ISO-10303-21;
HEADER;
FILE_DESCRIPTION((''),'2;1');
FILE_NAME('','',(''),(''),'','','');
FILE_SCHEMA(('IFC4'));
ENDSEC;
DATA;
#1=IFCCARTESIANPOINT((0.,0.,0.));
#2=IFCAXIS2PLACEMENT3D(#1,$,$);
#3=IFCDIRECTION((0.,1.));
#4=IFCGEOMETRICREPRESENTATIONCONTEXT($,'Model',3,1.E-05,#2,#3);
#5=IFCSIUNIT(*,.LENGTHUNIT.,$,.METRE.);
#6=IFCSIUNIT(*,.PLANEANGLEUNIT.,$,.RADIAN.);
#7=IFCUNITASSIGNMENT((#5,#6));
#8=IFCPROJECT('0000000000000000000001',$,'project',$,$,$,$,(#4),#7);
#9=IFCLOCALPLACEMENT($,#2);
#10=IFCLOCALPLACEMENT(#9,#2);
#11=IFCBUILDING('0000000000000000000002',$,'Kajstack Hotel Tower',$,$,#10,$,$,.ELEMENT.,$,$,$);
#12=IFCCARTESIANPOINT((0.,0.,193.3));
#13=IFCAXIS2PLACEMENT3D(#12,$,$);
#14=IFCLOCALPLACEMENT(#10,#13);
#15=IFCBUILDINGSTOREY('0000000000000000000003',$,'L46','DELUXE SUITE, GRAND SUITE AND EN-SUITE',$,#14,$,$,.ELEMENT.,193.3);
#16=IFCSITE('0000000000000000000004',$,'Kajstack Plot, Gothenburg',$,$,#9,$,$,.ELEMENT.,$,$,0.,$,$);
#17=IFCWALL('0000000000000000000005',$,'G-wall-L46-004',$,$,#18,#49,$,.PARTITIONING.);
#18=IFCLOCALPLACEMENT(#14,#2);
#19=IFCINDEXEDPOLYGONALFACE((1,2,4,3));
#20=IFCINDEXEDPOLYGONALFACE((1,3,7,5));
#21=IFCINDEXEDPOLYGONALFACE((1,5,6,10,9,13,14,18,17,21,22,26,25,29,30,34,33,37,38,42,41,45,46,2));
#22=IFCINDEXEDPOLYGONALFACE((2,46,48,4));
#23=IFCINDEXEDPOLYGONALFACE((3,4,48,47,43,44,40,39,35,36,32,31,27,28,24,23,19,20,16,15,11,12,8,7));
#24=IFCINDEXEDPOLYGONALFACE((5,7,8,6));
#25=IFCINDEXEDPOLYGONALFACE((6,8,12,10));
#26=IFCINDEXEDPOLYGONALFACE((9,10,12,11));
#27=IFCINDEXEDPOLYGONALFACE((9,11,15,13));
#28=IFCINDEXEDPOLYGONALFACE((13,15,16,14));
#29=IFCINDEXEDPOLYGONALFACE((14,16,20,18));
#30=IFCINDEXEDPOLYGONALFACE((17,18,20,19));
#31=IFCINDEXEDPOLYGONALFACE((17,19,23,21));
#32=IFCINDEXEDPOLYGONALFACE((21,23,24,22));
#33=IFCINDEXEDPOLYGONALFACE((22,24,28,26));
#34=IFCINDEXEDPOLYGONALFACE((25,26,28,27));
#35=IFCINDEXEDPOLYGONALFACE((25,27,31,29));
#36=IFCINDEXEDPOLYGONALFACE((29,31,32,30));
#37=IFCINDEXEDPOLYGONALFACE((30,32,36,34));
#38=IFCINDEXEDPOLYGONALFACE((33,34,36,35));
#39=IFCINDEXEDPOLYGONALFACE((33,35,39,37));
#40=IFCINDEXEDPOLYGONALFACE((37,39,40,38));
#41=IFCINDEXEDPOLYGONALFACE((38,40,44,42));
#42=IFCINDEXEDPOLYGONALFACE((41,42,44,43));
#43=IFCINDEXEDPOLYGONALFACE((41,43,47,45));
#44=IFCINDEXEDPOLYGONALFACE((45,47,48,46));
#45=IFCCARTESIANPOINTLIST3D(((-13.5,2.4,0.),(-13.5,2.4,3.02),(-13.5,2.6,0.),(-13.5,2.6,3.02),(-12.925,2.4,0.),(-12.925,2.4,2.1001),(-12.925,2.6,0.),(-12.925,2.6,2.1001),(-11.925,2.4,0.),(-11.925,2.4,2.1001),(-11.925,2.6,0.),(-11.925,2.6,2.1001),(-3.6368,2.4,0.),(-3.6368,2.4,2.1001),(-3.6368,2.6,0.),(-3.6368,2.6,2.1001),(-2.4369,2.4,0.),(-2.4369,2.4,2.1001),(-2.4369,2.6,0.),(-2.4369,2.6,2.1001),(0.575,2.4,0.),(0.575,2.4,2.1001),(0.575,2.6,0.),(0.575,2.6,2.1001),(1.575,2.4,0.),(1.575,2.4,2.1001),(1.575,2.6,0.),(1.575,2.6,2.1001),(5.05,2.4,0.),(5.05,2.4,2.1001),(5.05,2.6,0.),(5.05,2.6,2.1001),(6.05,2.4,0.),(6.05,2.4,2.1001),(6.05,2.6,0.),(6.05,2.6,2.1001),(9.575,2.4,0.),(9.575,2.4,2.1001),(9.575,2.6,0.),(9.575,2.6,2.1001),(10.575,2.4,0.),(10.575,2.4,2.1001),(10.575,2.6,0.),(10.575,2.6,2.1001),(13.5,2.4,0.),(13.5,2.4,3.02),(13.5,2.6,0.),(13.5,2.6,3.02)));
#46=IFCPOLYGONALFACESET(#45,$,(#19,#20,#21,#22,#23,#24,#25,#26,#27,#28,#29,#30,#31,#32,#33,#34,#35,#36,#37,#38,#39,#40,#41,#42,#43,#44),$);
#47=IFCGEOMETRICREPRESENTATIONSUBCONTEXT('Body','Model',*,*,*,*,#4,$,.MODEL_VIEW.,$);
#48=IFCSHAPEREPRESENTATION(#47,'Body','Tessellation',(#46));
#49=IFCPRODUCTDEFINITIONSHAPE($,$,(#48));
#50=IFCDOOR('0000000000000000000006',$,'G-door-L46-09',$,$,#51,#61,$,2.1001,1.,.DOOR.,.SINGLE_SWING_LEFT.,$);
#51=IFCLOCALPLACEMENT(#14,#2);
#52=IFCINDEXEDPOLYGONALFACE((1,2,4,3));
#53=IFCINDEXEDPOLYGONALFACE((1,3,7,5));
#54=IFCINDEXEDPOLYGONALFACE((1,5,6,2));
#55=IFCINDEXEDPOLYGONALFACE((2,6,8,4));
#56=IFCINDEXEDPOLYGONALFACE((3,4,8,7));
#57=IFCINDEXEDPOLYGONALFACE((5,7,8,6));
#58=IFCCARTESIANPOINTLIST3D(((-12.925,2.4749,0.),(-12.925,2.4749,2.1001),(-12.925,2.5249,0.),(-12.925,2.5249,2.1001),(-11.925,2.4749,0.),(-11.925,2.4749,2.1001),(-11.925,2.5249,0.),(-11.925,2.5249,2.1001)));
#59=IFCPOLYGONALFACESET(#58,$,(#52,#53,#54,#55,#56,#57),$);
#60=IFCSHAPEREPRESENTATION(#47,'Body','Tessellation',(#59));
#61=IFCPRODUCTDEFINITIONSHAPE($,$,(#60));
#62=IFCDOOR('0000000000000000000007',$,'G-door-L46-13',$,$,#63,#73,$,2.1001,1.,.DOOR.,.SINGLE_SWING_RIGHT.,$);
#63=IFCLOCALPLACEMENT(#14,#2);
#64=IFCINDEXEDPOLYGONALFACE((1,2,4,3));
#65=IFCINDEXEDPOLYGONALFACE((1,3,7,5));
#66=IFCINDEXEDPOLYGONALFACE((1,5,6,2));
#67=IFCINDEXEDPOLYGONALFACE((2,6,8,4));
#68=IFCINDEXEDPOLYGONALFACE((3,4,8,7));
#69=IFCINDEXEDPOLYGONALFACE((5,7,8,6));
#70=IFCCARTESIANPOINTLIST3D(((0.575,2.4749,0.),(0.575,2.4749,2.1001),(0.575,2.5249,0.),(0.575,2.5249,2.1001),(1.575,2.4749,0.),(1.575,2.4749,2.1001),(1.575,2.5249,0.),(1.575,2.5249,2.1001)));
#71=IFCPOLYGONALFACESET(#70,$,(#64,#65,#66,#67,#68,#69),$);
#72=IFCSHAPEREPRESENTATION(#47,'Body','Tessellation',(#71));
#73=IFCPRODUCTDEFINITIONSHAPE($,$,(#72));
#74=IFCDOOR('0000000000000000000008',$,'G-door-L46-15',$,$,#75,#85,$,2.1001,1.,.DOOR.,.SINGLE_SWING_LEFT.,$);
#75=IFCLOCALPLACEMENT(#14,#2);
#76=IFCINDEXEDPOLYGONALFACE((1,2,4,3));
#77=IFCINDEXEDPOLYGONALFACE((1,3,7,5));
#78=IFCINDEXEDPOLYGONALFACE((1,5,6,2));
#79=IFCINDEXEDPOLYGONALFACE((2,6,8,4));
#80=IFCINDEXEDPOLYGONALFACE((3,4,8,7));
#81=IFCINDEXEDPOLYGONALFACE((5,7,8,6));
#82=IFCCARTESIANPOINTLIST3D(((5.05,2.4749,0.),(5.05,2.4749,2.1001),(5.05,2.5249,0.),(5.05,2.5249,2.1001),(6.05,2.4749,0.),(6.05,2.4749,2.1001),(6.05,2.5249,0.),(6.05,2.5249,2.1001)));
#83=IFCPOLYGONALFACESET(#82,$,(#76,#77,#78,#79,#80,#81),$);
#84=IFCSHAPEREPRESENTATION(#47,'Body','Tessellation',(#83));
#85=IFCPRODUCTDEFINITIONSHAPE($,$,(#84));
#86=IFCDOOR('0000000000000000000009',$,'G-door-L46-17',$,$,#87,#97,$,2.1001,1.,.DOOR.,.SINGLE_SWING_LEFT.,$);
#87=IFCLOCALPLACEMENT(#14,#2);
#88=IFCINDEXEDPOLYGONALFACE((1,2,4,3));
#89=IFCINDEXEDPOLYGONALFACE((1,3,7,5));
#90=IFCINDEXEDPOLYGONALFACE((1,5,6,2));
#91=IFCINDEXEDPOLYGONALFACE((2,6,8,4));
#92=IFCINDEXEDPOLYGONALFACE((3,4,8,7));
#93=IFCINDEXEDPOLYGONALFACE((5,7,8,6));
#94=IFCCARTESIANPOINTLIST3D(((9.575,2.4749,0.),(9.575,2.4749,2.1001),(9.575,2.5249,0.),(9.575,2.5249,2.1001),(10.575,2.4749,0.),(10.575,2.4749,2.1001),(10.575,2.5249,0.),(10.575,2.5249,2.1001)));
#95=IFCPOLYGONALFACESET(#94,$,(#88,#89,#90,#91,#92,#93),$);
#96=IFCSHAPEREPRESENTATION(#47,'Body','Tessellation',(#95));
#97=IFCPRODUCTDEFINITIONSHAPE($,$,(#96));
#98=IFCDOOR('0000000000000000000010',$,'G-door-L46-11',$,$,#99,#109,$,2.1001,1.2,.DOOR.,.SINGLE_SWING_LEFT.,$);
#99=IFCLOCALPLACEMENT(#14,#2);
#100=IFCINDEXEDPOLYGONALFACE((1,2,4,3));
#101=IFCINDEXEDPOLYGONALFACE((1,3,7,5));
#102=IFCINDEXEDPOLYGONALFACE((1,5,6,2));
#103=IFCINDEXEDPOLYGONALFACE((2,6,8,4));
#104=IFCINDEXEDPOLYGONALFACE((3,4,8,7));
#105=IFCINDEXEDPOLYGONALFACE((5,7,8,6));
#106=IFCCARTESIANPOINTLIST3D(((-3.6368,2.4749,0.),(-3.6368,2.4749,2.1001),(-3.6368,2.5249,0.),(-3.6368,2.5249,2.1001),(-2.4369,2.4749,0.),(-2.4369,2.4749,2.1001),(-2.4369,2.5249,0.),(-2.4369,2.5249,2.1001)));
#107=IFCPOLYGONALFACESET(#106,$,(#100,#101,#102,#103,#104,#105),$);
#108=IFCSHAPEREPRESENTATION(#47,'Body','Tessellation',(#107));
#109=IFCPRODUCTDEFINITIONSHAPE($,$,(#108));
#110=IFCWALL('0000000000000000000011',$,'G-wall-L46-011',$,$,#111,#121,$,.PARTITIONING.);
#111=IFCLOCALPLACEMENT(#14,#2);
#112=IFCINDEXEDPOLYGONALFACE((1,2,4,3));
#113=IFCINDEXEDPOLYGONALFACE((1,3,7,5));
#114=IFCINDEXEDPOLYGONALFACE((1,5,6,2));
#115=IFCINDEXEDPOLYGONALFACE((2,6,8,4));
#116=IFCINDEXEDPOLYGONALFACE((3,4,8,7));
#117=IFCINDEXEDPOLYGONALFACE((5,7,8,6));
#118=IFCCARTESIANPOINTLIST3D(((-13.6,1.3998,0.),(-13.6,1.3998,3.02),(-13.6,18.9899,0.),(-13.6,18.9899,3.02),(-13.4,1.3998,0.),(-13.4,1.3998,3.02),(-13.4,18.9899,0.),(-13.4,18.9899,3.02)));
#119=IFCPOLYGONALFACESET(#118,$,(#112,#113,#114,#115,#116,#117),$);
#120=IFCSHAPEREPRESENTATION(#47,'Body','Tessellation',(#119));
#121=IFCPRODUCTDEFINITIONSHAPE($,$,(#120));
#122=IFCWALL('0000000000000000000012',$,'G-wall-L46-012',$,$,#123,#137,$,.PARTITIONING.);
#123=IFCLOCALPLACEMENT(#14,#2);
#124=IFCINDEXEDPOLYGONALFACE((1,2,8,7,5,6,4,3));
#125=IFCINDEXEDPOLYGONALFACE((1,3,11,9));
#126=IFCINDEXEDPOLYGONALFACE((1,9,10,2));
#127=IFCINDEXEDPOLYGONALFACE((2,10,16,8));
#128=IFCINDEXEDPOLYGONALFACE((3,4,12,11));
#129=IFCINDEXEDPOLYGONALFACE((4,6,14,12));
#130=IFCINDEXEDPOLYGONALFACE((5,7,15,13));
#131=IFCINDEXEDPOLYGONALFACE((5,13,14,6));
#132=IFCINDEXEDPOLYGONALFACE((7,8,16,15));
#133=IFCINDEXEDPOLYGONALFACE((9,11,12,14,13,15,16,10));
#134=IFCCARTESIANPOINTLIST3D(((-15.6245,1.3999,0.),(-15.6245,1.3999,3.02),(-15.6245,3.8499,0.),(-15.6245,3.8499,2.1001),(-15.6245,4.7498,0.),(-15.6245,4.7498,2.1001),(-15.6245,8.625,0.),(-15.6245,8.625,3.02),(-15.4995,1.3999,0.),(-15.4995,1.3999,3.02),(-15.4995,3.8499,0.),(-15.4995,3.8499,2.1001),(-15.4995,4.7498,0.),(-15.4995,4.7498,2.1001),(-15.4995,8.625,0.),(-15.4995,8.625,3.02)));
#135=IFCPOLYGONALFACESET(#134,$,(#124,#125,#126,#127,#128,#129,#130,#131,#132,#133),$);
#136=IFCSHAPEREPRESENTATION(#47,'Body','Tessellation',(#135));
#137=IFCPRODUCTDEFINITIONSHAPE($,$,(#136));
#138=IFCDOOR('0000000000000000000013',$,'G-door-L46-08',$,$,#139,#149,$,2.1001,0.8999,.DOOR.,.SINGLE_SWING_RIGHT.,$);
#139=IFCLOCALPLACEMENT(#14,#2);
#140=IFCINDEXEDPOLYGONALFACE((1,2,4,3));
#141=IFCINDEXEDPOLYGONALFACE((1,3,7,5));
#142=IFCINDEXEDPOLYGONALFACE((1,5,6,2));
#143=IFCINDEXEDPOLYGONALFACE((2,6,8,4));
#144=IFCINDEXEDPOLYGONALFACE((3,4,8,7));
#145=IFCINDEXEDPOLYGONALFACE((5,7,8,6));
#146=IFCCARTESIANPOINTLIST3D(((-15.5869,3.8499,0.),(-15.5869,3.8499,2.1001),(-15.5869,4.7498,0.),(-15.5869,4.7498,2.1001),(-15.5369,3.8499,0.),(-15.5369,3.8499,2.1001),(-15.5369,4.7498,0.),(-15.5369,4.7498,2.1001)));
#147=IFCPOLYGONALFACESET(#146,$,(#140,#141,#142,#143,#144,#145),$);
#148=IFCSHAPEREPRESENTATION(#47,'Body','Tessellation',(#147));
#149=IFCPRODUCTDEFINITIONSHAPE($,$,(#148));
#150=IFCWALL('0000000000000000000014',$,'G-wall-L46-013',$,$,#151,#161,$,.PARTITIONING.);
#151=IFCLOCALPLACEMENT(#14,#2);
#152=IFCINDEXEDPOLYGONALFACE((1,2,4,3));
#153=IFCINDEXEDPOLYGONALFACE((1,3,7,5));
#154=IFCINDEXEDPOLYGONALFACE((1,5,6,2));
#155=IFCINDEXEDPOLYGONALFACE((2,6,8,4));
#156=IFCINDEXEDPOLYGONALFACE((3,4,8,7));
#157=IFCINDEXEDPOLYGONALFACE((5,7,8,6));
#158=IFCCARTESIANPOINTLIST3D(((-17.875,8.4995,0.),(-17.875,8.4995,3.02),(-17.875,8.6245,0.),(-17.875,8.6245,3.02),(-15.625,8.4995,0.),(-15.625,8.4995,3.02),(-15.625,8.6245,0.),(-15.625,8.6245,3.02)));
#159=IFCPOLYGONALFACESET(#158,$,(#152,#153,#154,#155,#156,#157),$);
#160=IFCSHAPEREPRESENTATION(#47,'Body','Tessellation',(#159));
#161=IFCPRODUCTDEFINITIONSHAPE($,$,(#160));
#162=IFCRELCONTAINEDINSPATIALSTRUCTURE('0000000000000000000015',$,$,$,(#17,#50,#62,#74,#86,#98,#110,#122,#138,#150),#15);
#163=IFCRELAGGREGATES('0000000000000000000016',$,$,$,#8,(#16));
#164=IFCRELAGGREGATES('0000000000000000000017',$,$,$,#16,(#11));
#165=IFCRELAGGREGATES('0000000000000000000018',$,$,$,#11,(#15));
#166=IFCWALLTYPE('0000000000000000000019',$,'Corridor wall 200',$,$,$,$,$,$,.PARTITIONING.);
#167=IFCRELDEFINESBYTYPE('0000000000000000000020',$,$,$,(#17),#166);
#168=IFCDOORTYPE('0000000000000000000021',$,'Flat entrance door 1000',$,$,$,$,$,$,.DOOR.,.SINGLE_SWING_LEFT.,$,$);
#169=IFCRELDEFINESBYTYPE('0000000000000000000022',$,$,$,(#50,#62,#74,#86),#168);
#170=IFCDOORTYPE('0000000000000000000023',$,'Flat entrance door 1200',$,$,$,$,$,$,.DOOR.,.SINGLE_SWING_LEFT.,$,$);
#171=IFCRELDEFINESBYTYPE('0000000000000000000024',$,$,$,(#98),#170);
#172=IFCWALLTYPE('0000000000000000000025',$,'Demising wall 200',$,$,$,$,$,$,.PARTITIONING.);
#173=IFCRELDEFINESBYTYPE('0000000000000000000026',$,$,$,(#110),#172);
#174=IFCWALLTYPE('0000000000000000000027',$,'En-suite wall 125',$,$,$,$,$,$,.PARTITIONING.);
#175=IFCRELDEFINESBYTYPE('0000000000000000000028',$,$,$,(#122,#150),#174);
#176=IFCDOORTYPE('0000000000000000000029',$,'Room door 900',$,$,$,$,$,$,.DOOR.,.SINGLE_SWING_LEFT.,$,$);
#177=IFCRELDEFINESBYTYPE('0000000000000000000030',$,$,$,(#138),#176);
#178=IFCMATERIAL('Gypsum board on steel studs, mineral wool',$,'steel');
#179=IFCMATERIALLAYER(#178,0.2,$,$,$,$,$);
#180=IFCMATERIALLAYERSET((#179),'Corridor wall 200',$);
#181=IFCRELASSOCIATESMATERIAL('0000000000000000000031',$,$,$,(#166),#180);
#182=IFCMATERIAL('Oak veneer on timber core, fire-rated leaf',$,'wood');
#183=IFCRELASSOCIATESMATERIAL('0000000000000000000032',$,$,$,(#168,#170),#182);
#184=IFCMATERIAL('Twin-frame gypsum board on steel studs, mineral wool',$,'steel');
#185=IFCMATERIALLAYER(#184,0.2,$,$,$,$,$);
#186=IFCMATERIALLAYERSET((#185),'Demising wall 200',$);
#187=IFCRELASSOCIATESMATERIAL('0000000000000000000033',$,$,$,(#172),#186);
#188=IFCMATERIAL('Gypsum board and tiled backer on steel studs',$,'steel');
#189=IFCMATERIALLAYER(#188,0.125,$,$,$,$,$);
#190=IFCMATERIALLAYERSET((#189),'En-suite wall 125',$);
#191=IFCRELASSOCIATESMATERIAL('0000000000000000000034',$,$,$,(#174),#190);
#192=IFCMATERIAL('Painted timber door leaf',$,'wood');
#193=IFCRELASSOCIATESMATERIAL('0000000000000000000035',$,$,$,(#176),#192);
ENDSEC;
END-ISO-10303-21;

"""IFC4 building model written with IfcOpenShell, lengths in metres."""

from ifc_helpers import new_model, si_unit, direction, frame, frame_2d, origin, place, context, subcontext, project, spatial, rectangle, extrude, material, layer, layer_set, type_object, element, fill, save


model = new_model("IFC4")

# Units and contexts
model_context = context("Model", 3, precision=1e-05, world=origin(), true_north=direction((0.0, 1.0)))
body_context = subcontext(model_context, "Body", "Model", "MODEL_VIEW")
ifc_project = project(units=[si_unit("LENGTHUNIT", "METRE"), si_unit("PLANEANGLEUNIT", "RADIAN")], contexts=[model_context])

# Site, building, storey
site_placement = place(None, origin())
site = spatial("IfcSite", under=ifc_project, at=site_placement, Name="Kajstack Plot, Gothenburg", CompositionType="ELEMENT", RefElevation=0.0)
building_placement = place(site_placement, origin())
building = spatial("IfcBuilding", under=site, at=building_placement, Name="Kajstack Hotel Tower", CompositionType="ELEMENT")
storey_placement = place(building_placement, frame((0.0, 0.0, 193.3)))
storey = spatial("IfcBuildingStorey", under=building, at=storey_placement, Name="L46", Description="DELUXE SUITE, GRAND SUITE AND EN-SUITE", CompositionType="ELEMENT", Elevation=193.3)

# Wall, openings, doors
ifc_material_1 = material(Name="Gypsum board on steel studs, mineral wool", Category="steel")
ifc_layer_1 = layer(ifc_material_1, 0.2)
ifc_layer_set_1 = layer_set([ifc_layer_1], Name="Corridor wall 200")
wall_type_1 = type_object("IfcWallType", Name="Corridor wall 200", PredefinedType="PARTITIONING", material=ifc_layer_set_1)
wall_1_placement = place(storey_placement, frame((-13.5, 2.5, 0.0), z_axis=(0.0, 0.0, 1.0), x_axis=(1.0, 0.0, 0.0)))
wall_1 = element("IfcWall", 1, at=wall_1_placement, inside=storey, type_object=wall_type_1, Name="G-wall-L46-004", PredefinedType="PARTITIONING", context=body_context, shape_type="SweptSolid", body=[
    extrude(rectangle(XDim=27.0, YDim=0.2, at=frame_2d((13.5, 0.0))), origin(), (0.0, 0.0, 1.0), 3.02),
])
opening_1_placement = place(wall_1_placement, frame((0.575, 0.0, 0.0)))
opening_1 = element("IfcOpeningElement", 2, at=opening_1_placement, cuts=wall_1, PredefinedType="OPENING", context=body_context, shape_type="SweptSolid", body=[
    extrude(rectangle(XDim=1.0, YDim=2.1001, at=frame_2d((0.5, 1.05))), frame((0.0, 0.1099, 0.0), z_axis=(0.0, -1.0, 0.0), x_axis=(1.0, 0.0, 0.0)), (0.0, 0.0, 1.0), 0.22),
])
opening_2_placement = place(wall_1_placement, frame((9.863, 0.0, 0.0)))
opening_2 = element("IfcOpeningElement", 3, at=opening_2_placement, cuts=wall_1, PredefinedType="OPENING", context=body_context, shape_type="SweptSolid", body=[
    extrude(rectangle(XDim=1.2, YDim=2.1001, at=frame_2d((0.6001, 1.05))), frame((0.0, 0.1099, 0.0), z_axis=(0.0, -1.0, 0.0), x_axis=(1.0, 0.0, 0.0)), (0.0, 0.0, 1.0), 0.22),
])
opening_3_placement = place(wall_1_placement, frame((14.075, 0.0, 0.0)))
opening_3 = element("IfcOpeningElement", 4, at=opening_3_placement, cuts=wall_1, PredefinedType="OPENING", context=body_context, shape_type="SweptSolid", body=[
    extrude(rectangle(XDim=1.0, YDim=2.1001, at=frame_2d((0.5, 1.05))), frame((0.0, 0.1099, 0.0), z_axis=(0.0, -1.0, 0.0), x_axis=(1.0, 0.0, 0.0)), (0.0, 0.0, 1.0), 0.22),
])
opening_4_placement = place(wall_1_placement, frame((18.55, 0.0, 0.0)))
opening_4 = element("IfcOpeningElement", 5, at=opening_4_placement, cuts=wall_1, PredefinedType="OPENING", context=body_context, shape_type="SweptSolid", body=[
    extrude(rectangle(XDim=1.0, YDim=2.1001, at=frame_2d((0.5, 1.05))), frame((0.0, 0.1099, 0.0), z_axis=(0.0, -1.0, 0.0), x_axis=(1.0, 0.0, 0.0)), (0.0, 0.0, 1.0), 0.22),
])
opening_5_placement = place(wall_1_placement, frame((23.075, 0.0, 0.0)))
opening_5 = element("IfcOpeningElement", 6, at=opening_5_placement, cuts=wall_1, PredefinedType="OPENING", context=body_context, shape_type="SweptSolid", body=[
    extrude(rectangle(XDim=1.0, YDim=2.1001, at=frame_2d((0.5, 1.05))), frame((0.0, 0.1099, 0.0), z_axis=(0.0, -1.0, 0.0), x_axis=(1.0, 0.0, 0.0)), (0.0, 0.0, 1.0), 0.22),
])
ifc_material_2 = material(Name="Oak veneer on timber core, fire-rated leaf", Category="wood")
door_type_1 = type_object("IfcDoorType", Name="Flat entrance door 1000", OperationType="SINGLE_SWING_LEFT", PredefinedType="DOOR", material=ifc_material_2)
door_1_placement = place(opening_1_placement, origin())
door_1 = element("IfcDoor", 7, at=door_1_placement, inside=storey, type_object=door_type_1, Name="G-door-L46-09", OperationType="SINGLE_SWING_LEFT", OverallHeight=2.1001, OverallWidth=1.0, PredefinedType="DOOR", context=body_context, shape_type="SweptSolid", body=[
    extrude(rectangle(XDim=1.0, YDim=2.1001, at=frame_2d((0.5, 1.05))), frame((0.0, 0.0249, 0.0), z_axis=(0.0, -1.0, 0.0), x_axis=(1.0, 0.0, 0.0)), (0.0, 0.0, 1.0), 0.05),
])
fill(opening_1, door_1)
door_2_placement = place(opening_3_placement, origin())
door_2 = element("IfcDoor", 8, at=door_2_placement, inside=storey, type_object=door_type_1, Name="G-door-L46-13", OperationType="SINGLE_SWING_RIGHT", OverallHeight=2.1001, OverallWidth=1.0, PredefinedType="DOOR", context=body_context, shape_type="SweptSolid", body=[
    extrude(rectangle(XDim=1.0, YDim=2.1001, at=frame_2d((0.5, 1.05))), frame((0.0, 0.0249, 0.0), z_axis=(0.0, -1.0, 0.0), x_axis=(1.0, 0.0, 0.0)), (0.0, 0.0, 1.0), 0.05),
])
fill(opening_3, door_2)
door_3_placement = place(opening_4_placement, origin())
door_3 = element("IfcDoor", 9, at=door_3_placement, inside=storey, type_object=door_type_1, Name="G-door-L46-15", OperationType="SINGLE_SWING_LEFT", OverallHeight=2.1001, OverallWidth=1.0, PredefinedType="DOOR", context=body_context, shape_type="SweptSolid", body=[
    extrude(rectangle(XDim=1.0, YDim=2.1001, at=frame_2d((0.5, 1.05))), frame((0.0, 0.0249, 0.0), z_axis=(0.0, -1.0, 0.0), x_axis=(1.0, 0.0, 0.0)), (0.0, 0.0, 1.0), 0.05),
])
fill(opening_4, door_3)
door_4_placement = place(opening_5_placement, origin())
door_4 = element("IfcDoor", 10, at=door_4_placement, inside=storey, type_object=door_type_1, Name="G-door-L46-17", OperationType="SINGLE_SWING_LEFT", OverallHeight=2.1001, OverallWidth=1.0, PredefinedType="DOOR", context=body_context, shape_type="SweptSolid", body=[
    extrude(rectangle(XDim=1.0, YDim=2.1001, at=frame_2d((0.5, 1.05))), frame((0.0, 0.0249, 0.0), z_axis=(0.0, -1.0, 0.0), x_axis=(1.0, 0.0, 0.0)), (0.0, 0.0, 1.0), 0.05),
])
fill(opening_5, door_4)
door_type_2 = type_object("IfcDoorType", Name="Flat entrance door 1200", OperationType="SINGLE_SWING_LEFT", PredefinedType="DOOR", material=ifc_material_2)
door_5_placement = place(opening_2_placement, origin())
door_5 = element("IfcDoor", 11, at=door_5_placement, inside=storey, type_object=door_type_2, Name="G-door-L46-11", OperationType="SINGLE_SWING_LEFT", OverallHeight=2.1001, OverallWidth=1.2, PredefinedType="DOOR", context=body_context, shape_type="SweptSolid", body=[
    extrude(rectangle(XDim=1.2, YDim=2.1001, at=frame_2d((0.6001, 1.05))), frame((0.0, 0.0249, 0.0), z_axis=(0.0, -1.0, 0.0), x_axis=(1.0, 0.0, 0.0)), (0.0, 0.0, 1.0), 0.05),
])
fill(opening_2, door_5)

# Wall
ifc_material_3 = material(Name="Twin-frame gypsum board on steel studs, mineral wool", Category="steel")
ifc_layer_2 = layer(ifc_material_3, 0.2)
ifc_layer_set_2 = layer_set([ifc_layer_2], Name="Demising wall 200")
wall_type_2 = type_object("IfcWallType", Name="Demising wall 200", PredefinedType="PARTITIONING", material=ifc_layer_set_2)
wall_2_placement = place(storey_placement, frame((-13.5, 1.3999, 0.0), z_axis=(0.0, 0.0, 1.0), x_axis=(0.0, 1.0, 0.0)))
element("IfcWall", 12, at=wall_2_placement, inside=storey, type_object=wall_type_2, Name="G-wall-L46-011", PredefinedType="PARTITIONING", context=body_context, shape_type="SweptSolid", body=[
    extrude(rectangle(XDim=17.5901, YDim=0.2, at=frame_2d((8.7949, 0.0))), origin(), (0.0, 0.0, 1.0), 3.02),
])

# Wall, opening, door
ifc_material_4 = material(Name="Gypsum board and tiled backer on steel studs", Category="steel")
ifc_layer_3 = layer(ifc_material_4, 0.125)
ifc_layer_set_3 = layer_set([ifc_layer_3], Name="En-suite wall 125")
wall_type_3 = type_object("IfcWallType", Name="En-suite wall 125", PredefinedType="PARTITIONING", material=ifc_layer_set_3)
wall_3_placement = place(storey_placement, frame((-15.562, 1.3999, 0.0), z_axis=(0.0, 0.0, 1.0), x_axis=(0.0, 1.0, 0.0)))
wall_3 = element("IfcWall", 13, at=wall_3_placement, inside=storey, type_object=wall_type_3, Name="G-wall-L46-012", PredefinedType="PARTITIONING", context=body_context, shape_type="SweptSolid", body=[
    extrude(rectangle(XDim=7.2251, YDim=0.125, at=frame_2d((3.6125, 0.0))), origin(), (0.0, 0.0, 1.0), 3.02),
])
opening_6_placement = place(wall_3_placement, frame((2.45, 0.0, 0.0)))
opening_6 = element("IfcOpeningElement", 14, at=opening_6_placement, cuts=wall_3, PredefinedType="OPENING", context=body_context, shape_type="SweptSolid", body=[
    extrude(rectangle(XDim=0.8999, YDim=2.1001, at=frame_2d((0.45, 1.05))), frame((0.0, 0.0725, 0.0), z_axis=(0.0, -1.0, 0.0), x_axis=(1.0, 0.0, 0.0)), (0.0, 0.0, 1.0), 0.145),
])
ifc_material_5 = material(Name="Painted timber door leaf", Category="wood")
door_type_3 = type_object("IfcDoorType", Name="Room door 900", OperationType="SINGLE_SWING_LEFT", PredefinedType="DOOR", material=ifc_material_5)
door_6_placement = place(opening_6_placement, origin())
door_6 = element("IfcDoor", 15, at=door_6_placement, inside=storey, type_object=door_type_3, Name="G-door-L46-08", OperationType="SINGLE_SWING_RIGHT", OverallHeight=2.1001, OverallWidth=0.8999, PredefinedType="DOOR", context=body_context, shape_type="SweptSolid", body=[
    extrude(rectangle(XDim=0.8999, YDim=2.1001, at=frame_2d((0.45, 1.05))), frame((0.0, 0.0249, 0.0), z_axis=(0.0, -1.0, 0.0), x_axis=(1.0, 0.0, 0.0)), (0.0, 0.0, 1.0), 0.05),
])
fill(opening_6, door_6)

# Wall
wall_4_placement = place(storey_placement, frame((-17.875, 8.562, 0.0), z_axis=(0.0, 0.0, 1.0), x_axis=(1.0, 0.0, 0.0)))
element("IfcWall", 16, at=wall_4_placement, inside=storey, type_object=wall_type_3, Name="G-wall-L46-013", PredefinedType="PARTITIONING", context=body_context, shape_type="SweptSolid", body=[
    extrude(rectangle(XDim=2.25, YDim=0.125, at=frame_2d((1.125, 0.0))), origin(), (0.0, 0.0, 1.0), 3.02),
])

save(model, "model.ifc")
